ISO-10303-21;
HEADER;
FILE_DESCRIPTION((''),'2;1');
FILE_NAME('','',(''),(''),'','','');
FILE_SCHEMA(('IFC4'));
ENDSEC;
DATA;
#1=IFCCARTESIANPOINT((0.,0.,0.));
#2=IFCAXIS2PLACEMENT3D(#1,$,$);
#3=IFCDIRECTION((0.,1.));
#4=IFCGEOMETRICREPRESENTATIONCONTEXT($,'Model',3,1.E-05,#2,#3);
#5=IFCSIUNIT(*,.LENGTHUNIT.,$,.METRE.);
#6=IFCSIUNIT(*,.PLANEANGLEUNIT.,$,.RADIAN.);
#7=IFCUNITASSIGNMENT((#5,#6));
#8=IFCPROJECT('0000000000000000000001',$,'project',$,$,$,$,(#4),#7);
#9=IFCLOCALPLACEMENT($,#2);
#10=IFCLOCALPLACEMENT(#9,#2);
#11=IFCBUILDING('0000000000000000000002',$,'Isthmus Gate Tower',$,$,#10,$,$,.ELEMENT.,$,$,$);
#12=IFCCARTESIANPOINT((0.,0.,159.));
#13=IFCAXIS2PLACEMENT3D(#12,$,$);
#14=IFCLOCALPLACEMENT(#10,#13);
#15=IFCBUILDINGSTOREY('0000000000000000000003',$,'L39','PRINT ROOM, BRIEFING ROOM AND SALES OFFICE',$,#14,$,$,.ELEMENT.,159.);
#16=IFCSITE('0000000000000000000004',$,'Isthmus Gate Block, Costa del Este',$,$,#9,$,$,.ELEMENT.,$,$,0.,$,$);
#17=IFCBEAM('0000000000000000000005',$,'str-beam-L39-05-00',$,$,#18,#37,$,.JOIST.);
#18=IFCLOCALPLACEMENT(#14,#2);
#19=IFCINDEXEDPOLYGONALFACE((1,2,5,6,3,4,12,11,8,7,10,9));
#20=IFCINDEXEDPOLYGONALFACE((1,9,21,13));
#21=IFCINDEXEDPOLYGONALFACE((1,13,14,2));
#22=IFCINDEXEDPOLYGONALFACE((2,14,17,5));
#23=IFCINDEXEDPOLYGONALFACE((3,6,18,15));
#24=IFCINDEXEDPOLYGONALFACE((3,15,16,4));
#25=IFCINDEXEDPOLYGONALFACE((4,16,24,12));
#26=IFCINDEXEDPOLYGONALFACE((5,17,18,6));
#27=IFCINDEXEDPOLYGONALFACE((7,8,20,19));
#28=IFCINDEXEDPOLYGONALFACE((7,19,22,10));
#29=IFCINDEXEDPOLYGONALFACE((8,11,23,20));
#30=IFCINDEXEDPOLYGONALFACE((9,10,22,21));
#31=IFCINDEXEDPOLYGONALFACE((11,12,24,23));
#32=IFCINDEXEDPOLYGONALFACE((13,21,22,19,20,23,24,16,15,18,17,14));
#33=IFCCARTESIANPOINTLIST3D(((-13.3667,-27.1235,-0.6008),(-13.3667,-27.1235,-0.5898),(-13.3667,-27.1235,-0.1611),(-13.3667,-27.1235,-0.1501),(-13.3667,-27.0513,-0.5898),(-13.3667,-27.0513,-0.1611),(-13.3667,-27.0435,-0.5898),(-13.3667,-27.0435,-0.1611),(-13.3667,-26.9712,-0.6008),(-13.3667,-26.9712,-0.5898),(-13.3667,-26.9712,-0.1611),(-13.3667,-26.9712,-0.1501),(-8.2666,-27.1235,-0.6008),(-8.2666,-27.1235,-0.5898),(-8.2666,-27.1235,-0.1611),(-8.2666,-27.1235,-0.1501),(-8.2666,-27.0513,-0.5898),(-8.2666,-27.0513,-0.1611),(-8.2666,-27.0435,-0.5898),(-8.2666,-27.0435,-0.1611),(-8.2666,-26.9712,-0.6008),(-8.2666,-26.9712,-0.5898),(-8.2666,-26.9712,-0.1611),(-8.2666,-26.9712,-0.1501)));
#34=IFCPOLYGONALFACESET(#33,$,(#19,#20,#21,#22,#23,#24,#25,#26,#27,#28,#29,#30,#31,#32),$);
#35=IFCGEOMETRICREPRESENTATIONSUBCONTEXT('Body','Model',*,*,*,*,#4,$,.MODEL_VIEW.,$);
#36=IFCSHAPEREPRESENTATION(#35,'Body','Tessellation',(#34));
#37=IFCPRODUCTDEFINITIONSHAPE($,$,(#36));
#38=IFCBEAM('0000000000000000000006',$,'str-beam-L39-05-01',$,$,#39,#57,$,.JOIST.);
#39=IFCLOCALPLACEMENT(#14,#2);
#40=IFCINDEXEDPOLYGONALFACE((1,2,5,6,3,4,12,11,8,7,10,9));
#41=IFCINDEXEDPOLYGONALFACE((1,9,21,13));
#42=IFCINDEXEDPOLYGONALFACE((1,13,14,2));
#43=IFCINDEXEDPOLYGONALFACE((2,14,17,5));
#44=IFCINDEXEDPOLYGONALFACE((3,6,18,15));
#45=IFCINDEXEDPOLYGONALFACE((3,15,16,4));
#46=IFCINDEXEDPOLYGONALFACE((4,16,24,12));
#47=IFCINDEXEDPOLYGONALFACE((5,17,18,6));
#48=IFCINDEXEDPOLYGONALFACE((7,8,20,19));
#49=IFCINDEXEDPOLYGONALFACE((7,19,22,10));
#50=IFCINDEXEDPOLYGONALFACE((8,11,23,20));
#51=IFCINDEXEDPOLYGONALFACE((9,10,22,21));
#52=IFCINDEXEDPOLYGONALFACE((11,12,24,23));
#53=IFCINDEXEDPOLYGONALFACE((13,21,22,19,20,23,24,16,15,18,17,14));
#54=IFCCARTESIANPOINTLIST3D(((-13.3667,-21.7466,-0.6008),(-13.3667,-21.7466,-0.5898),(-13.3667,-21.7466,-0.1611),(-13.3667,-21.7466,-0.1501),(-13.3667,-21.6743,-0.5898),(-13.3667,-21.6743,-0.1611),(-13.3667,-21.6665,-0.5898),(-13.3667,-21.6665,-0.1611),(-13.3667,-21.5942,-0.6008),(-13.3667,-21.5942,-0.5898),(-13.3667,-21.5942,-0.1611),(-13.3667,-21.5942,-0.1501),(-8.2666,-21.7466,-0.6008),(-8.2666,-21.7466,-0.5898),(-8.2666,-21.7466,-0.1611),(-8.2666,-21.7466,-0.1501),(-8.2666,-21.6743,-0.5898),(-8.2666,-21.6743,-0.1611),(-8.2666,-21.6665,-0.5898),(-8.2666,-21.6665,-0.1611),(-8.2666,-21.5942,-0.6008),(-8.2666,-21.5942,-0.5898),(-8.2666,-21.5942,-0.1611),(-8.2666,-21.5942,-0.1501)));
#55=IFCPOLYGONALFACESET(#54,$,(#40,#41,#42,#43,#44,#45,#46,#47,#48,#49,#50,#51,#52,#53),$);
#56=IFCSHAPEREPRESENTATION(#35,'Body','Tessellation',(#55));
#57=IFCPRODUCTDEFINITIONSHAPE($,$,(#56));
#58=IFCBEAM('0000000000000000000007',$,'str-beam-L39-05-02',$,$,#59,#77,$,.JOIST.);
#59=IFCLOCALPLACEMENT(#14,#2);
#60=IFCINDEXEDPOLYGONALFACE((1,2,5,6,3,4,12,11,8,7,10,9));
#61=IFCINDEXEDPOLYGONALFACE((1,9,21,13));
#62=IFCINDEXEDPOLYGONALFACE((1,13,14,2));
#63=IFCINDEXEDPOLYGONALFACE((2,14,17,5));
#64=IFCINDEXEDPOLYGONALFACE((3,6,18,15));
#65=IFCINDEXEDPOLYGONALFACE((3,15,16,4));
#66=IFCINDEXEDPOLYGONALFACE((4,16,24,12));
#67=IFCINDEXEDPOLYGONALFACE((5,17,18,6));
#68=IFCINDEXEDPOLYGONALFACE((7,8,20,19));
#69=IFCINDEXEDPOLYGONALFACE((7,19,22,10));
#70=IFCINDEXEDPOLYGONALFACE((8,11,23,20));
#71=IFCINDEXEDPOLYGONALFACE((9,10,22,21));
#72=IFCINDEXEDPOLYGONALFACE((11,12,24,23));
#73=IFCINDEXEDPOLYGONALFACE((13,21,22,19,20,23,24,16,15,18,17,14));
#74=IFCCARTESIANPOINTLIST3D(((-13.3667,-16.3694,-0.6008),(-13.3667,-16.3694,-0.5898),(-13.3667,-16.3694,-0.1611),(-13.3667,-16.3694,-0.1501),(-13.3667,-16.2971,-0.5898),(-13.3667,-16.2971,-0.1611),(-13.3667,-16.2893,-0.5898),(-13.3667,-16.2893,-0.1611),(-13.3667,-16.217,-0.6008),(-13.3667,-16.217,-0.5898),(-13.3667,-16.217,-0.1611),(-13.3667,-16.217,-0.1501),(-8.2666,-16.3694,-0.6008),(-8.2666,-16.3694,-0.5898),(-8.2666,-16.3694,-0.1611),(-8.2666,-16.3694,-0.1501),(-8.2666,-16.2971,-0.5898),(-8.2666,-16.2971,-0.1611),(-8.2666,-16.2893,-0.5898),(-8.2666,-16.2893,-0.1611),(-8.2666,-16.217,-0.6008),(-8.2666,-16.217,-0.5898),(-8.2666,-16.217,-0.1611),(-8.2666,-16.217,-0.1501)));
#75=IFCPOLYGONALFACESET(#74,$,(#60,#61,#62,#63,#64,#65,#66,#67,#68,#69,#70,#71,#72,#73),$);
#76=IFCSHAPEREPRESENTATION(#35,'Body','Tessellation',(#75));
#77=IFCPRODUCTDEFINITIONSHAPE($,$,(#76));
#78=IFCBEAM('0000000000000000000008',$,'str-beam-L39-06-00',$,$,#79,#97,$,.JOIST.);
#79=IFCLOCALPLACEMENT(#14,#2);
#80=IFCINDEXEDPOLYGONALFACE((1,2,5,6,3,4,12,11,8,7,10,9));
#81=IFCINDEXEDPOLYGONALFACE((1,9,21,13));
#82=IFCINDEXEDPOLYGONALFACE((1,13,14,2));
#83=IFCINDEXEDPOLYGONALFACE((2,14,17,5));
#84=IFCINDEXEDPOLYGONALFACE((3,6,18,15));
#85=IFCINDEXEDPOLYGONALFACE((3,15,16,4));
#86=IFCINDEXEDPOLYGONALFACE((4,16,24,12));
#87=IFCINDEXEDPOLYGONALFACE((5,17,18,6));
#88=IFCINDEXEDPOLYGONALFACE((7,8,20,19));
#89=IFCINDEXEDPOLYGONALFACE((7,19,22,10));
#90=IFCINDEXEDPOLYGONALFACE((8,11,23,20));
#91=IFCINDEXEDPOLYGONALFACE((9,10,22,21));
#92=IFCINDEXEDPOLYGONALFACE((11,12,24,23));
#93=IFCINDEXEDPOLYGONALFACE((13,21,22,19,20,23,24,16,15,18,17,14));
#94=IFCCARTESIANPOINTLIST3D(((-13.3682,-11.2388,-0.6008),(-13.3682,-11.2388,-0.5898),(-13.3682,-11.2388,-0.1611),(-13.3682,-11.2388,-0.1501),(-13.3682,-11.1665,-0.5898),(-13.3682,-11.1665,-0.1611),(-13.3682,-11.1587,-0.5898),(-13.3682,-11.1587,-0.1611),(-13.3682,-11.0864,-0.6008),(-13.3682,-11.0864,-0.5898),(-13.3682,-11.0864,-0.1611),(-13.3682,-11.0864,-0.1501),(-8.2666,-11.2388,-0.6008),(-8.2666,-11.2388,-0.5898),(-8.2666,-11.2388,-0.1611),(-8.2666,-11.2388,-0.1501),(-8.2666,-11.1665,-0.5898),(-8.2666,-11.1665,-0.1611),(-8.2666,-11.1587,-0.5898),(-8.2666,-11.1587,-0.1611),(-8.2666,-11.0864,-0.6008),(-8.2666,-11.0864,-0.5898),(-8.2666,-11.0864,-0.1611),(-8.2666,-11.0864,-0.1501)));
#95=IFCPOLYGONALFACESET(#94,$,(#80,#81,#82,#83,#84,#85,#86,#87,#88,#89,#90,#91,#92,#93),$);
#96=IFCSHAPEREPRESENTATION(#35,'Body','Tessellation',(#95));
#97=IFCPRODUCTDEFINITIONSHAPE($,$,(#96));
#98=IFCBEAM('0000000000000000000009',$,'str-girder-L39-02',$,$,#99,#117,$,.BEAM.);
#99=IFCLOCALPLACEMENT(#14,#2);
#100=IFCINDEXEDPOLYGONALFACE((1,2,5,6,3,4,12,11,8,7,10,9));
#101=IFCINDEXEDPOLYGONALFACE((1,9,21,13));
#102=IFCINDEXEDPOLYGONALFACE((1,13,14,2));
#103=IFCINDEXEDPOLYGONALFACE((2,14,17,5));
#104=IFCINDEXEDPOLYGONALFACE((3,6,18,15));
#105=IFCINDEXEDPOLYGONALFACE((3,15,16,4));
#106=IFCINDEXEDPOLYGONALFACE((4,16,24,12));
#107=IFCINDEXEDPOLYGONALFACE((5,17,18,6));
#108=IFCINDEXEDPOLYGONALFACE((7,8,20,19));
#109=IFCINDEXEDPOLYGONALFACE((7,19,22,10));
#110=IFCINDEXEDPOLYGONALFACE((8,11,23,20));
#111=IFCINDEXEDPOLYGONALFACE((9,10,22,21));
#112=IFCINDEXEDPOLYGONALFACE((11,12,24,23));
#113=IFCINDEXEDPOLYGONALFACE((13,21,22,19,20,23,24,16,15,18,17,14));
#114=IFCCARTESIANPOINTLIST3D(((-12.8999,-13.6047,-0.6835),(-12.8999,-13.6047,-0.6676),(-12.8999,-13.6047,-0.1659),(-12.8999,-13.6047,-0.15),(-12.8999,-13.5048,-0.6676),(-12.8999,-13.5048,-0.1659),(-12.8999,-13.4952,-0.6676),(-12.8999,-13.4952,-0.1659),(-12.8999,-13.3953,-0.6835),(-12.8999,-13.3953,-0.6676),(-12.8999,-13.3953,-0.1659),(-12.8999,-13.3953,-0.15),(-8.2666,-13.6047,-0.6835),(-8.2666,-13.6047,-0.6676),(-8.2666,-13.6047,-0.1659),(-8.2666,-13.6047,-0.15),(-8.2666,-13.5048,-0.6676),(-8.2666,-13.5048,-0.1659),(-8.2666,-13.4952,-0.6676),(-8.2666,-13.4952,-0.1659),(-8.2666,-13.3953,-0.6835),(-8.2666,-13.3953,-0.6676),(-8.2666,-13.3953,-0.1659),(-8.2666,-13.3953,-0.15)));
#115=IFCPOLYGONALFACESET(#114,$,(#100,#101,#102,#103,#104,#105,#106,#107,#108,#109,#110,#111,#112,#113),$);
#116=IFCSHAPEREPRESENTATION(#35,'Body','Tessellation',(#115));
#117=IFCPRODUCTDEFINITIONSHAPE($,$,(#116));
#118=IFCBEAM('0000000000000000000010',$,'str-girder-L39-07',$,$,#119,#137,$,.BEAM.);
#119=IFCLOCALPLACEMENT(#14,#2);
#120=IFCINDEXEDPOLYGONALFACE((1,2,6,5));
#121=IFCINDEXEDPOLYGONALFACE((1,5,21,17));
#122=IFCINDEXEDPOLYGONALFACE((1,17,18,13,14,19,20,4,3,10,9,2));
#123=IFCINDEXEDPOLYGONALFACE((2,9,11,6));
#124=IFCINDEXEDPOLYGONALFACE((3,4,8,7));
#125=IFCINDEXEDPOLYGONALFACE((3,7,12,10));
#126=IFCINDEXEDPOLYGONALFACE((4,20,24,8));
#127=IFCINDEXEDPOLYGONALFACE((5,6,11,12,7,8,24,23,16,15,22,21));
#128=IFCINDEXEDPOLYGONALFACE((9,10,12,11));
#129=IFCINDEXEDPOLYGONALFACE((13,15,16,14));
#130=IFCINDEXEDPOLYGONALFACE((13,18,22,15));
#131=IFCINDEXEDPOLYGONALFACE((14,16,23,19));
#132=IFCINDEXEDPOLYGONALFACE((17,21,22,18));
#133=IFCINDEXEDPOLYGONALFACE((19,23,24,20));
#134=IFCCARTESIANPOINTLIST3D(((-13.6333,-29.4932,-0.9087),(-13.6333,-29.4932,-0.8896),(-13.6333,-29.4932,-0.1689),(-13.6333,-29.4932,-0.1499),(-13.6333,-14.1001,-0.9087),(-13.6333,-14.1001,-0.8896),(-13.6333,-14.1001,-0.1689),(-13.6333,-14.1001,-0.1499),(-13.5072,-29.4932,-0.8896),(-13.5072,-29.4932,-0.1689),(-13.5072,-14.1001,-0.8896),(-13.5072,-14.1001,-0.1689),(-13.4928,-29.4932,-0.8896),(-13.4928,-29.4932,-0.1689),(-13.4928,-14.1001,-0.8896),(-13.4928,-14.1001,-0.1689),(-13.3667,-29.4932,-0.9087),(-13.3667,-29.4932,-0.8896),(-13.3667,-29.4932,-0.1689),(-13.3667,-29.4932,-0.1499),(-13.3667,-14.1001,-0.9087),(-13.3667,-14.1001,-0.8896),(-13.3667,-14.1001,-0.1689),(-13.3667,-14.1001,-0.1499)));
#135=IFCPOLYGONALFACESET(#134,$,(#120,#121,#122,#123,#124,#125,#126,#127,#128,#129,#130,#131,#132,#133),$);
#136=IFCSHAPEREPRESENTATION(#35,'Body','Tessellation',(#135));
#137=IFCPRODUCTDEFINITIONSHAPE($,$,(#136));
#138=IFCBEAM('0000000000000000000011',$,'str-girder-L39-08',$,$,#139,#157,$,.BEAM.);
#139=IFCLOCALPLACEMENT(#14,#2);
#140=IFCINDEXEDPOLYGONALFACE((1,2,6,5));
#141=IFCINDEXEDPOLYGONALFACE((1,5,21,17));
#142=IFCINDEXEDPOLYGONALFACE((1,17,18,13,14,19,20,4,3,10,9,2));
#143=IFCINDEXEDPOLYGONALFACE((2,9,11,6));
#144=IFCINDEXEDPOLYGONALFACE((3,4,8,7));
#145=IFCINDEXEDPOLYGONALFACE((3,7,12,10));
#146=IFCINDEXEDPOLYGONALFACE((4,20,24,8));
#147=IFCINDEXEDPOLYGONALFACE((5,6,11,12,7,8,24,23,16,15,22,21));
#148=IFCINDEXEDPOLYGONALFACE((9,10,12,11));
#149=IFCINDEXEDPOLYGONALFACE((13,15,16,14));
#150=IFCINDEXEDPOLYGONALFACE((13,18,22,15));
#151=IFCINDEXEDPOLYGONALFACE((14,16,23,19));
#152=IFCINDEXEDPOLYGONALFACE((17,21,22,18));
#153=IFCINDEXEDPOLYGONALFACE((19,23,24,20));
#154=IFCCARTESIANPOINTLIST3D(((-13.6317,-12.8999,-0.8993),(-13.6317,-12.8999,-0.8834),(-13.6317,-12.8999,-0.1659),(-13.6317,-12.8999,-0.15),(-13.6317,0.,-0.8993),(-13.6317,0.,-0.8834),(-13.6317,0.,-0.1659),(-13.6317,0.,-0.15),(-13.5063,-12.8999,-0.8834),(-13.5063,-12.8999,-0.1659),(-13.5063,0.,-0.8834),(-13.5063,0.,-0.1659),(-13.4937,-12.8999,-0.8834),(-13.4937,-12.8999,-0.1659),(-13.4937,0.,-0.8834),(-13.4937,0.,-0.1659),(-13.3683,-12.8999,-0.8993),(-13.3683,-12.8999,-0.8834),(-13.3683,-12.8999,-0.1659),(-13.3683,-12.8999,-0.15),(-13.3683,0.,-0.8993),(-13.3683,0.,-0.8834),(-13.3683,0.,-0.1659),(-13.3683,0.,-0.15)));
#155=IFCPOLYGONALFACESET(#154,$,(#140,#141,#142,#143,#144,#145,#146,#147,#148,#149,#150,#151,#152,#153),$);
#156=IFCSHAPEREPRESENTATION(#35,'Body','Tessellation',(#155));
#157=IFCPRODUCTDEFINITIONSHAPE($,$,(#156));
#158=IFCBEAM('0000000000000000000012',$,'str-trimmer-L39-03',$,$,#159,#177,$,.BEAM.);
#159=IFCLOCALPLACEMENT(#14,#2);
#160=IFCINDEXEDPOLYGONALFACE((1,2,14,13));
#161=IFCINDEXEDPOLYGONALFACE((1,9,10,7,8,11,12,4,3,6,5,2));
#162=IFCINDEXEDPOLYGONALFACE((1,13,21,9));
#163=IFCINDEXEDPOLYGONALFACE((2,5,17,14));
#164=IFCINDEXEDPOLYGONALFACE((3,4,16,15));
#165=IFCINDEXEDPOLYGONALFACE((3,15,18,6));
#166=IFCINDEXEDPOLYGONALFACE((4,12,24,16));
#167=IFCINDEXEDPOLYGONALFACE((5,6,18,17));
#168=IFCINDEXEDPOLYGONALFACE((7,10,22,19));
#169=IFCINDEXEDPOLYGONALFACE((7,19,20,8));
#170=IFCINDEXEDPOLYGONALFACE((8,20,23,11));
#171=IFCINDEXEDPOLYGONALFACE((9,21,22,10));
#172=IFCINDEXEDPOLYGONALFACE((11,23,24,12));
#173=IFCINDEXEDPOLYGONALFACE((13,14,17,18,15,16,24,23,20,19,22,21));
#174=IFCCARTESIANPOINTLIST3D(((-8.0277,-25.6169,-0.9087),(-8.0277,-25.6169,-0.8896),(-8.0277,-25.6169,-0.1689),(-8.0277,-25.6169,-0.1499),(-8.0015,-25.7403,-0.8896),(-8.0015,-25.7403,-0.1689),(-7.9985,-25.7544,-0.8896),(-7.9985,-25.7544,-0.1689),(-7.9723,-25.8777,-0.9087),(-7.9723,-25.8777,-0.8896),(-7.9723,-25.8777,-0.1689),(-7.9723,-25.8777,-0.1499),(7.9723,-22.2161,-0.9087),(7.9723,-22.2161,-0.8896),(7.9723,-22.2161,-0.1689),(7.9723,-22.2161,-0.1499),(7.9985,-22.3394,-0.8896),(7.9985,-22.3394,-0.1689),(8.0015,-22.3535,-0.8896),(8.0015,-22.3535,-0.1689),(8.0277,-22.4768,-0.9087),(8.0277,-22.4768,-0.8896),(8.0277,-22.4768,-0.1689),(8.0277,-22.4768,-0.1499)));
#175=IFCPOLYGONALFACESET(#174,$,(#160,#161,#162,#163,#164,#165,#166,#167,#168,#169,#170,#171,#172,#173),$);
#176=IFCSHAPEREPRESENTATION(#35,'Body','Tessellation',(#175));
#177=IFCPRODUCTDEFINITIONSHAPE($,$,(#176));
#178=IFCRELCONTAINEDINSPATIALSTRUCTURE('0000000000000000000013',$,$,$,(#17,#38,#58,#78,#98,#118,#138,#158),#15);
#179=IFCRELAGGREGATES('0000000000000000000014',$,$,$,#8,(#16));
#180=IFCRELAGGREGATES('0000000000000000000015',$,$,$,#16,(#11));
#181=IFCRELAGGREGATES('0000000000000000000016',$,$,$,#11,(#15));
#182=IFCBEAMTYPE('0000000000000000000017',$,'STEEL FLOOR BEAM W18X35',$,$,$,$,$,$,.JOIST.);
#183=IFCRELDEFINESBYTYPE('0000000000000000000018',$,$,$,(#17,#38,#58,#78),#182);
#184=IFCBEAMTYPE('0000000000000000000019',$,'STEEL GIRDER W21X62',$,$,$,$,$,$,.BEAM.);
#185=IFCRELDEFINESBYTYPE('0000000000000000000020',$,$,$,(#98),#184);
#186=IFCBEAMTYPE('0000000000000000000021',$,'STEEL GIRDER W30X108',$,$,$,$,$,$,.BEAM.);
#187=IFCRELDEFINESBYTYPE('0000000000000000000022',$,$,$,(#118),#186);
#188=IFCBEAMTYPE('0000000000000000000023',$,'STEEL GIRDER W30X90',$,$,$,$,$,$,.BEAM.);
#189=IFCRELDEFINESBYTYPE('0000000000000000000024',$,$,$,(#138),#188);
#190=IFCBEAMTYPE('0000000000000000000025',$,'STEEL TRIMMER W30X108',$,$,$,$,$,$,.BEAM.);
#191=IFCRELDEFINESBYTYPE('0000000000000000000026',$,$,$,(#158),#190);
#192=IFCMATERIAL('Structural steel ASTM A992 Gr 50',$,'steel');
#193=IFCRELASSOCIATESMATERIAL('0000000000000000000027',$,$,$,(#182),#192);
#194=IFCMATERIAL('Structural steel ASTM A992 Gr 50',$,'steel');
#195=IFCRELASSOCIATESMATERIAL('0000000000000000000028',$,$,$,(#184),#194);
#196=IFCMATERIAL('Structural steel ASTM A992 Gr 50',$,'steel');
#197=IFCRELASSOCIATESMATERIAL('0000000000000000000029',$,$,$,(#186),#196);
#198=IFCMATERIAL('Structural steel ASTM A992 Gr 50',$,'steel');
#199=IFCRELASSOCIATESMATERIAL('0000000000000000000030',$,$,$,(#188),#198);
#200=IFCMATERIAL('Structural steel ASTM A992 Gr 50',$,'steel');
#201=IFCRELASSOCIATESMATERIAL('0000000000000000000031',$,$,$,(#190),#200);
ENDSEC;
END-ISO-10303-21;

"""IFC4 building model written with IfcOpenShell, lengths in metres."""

from ifc_helpers import new_model, si_unit, direction, frame, origin, origin_2d, place, context, subcontext, project, spatial, i_section, extrude, material, material_profile, profile_set, type_object, element, save


model = new_model("IFC4")

# Units and contexts
model_context = context("Model", 3, precision=1e-05, world=origin(), true_north=direction((0.0, 1.0)))
body_context = subcontext(model_context, "Body", "Model", "MODEL_VIEW")
ifc_project = project(units=[si_unit("LENGTHUNIT", "METRE"), si_unit("PLANEANGLEUNIT", "RADIAN")], contexts=[model_context])

# Site, building, storey
site_placement = place(None, origin())
site = spatial("IfcSite", under=ifc_project, at=site_placement, Name="Isthmus Gate Block, Costa del Este", CompositionType="ELEMENT", RefElevation=0.0)
building_placement = place(site_placement, origin())
building = spatial("IfcBuilding", under=site, at=building_placement, Name="Isthmus Gate Tower", CompositionType="ELEMENT")
storey_placement = place(building_placement, frame((0.0, 0.0, 159.0)))
storey = spatial("IfcBuildingStorey", under=building, at=storey_placement, Name="L39", Description="PRINT ROOM, BRIEFING ROOM AND SALES OFFICE", CompositionType="ELEMENT", Elevation=159.0)

# Beams
ifc_material_1 = material(Name="Structural steel ASTM A992 Gr 50", Category="steel")
ifc_material_profile_1 = material_profile(ifc_material_1, i_section(OverallWidth=0.1523, OverallDepth=0.4507, WebThickness=0.0078, FlangeThickness=0.011, at=origin_2d()), Name="W18X35")
ifc_profile_set_1 = profile_set([ifc_material_profile_1], Name="Structural steel ASTM A992 Gr 50")
beam_type_1 = type_object("IfcBeamType", Name="STEEL FLOOR BEAM W18X35", PredefinedType="JOIST", material=ifc_profile_set_1)
for number, where, z_axis, x_axis, name in (
    (1, (-13.3667, -27.0474, -0.3755), (1.0, 0.0, 0.0), (0.0, 1.0, 0.0), "str-beam-L39-05-00"),
    (2, (-13.3667, -21.6704, -0.3755), (1.0, 0.0, 0.0), (0.0, 1.0, 0.0), "str-beam-L39-05-01"),
    (3, (-13.3667, -16.2932, -0.3755), (1.0, 0.0, 0.0), (0.0, 1.0, 0.0), "str-beam-L39-05-02"),
):
    element("IfcBeam", number, at=place(storey_placement, frame(where, z_axis=z_axis, x_axis=x_axis)), inside=storey, type_object=beam_type_1, Name=name, PredefinedType="JOIST", context=body_context, shape_type="SweptSolid", body=[
        extrude(i_section(OverallWidth=0.1523, OverallDepth=0.4507, WebThickness=0.0078, FlangeThickness=0.011, at=origin_2d()), origin(), (0.0, 0.0, 1.0), 5.1001),
    ])
beam_1_placement = place(storey_placement, frame((-13.3682, -11.1626, -0.3755), z_axis=(1.0, 0.0, 0.0), x_axis=(0.0, 1.0, 0.0)))
element("IfcBeam", 4, at=beam_1_placement, inside=storey, type_object=beam_type_1, Name="str-beam-L39-06-00", PredefinedType="JOIST", context=body_context, shape_type="SweptSolid", body=[
    extrude(i_section(OverallWidth=0.1523, OverallDepth=0.4507, WebThickness=0.0078, FlangeThickness=0.011, at=origin_2d()), origin(), (0.0, 0.0, 1.0), 5.1016),
])
ifc_material_2 = material(Name="Structural steel ASTM A992 Gr 50", Category="steel")
ifc_material_profile_2 = material_profile(ifc_material_2, i_section(OverallWidth=0.2095, OverallDepth=0.5334, WebThickness=0.0095, FlangeThickness=0.0159, at=origin_2d()), Name="W21X62")
ifc_profile_set_2 = profile_set([ifc_material_profile_2], Name="Structural steel ASTM A992 Gr 50")
beam_type_2 = type_object("IfcBeamType", Name="STEEL GIRDER W21X62", PredefinedType="BEAM", material=ifc_profile_set_2)
beam_2_placement = place(storey_placement, frame((-12.8999, -13.5, -0.4167), z_axis=(1.0, 0.0, 0.0), x_axis=(0.0, 1.0, 0.0)))
element("IfcBeam", 5, at=beam_2_placement, inside=storey, type_object=beam_type_2, Name="str-girder-L39-02", PredefinedType="BEAM", context=body_context, shape_type="SweptSolid", body=[
    extrude(i_section(OverallWidth=0.2095, OverallDepth=0.5334, WebThickness=0.0095, FlangeThickness=0.0159, at=origin_2d()), origin(), (0.0, 0.0, 1.0), 4.6333),
])
ifc_material_3 = material(Name="Structural steel ASTM A992 Gr 50", Category="steel")
ifc_material_profile_3 = material_profile(ifc_material_3, i_section(OverallWidth=0.2666, OverallDepth=0.7588, WebThickness=0.0144, FlangeThickness=0.019, at=origin_2d()), Name="W30X108")
ifc_profile_set_3 = profile_set([ifc_material_profile_3], Name="Structural steel ASTM A992 Gr 50")
beam_type_3 = type_object("IfcBeamType", Name="STEEL GIRDER W30X108", PredefinedType="BEAM", material=ifc_profile_set_3)
beam_3_placement = place(storey_placement, frame((-13.5, -29.4932, -0.5293), z_axis=(0.0, 1.0, 0.0), x_axis=(-1.0, 0.0, 0.0)))
element("IfcBeam", 6, at=beam_3_placement, inside=storey, type_object=beam_type_3, Name="str-girder-L39-07", PredefinedType="BEAM", context=body_context, shape_type="SweptSolid", body=[
    extrude(i_section(OverallWidth=0.2666, OverallDepth=0.7588, WebThickness=0.0144, FlangeThickness=0.019, at=origin_2d()), origin(), (0.0, 0.0, 1.0), 15.3931),
])
ifc_material_4 = material(Name="Structural steel ASTM A992 Gr 50", Category="steel")
ifc_material_profile_4 = material_profile(ifc_material_4, i_section(OverallWidth=0.2634, OverallDepth=0.7493, WebThickness=0.0127, FlangeThickness=0.0159, at=origin_2d()), Name="W30X90")
ifc_profile_set_4 = profile_set([ifc_material_profile_4], Name="Structural steel ASTM A992 Gr 50")
beam_type_4 = type_object("IfcBeamType", Name="STEEL GIRDER W30X90", PredefinedType="BEAM", material=ifc_profile_set_4)
beam_4_placement = place(storey_placement, frame((-13.5, -12.8999, -0.5247), z_axis=(0.0, 1.0, 0.0), x_axis=(-1.0, 0.0, 0.0)))
element("IfcBeam", 7, at=beam_4_placement, inside=storey, type_object=beam_type_4, Name="str-girder-L39-08", PredefinedType="BEAM", context=body_context, shape_type="SweptSolid", body=[
    extrude(i_section(OverallWidth=0.2634, OverallDepth=0.7493, WebThickness=0.0127, FlangeThickness=0.0159, at=origin_2d()), origin(), (0.0, 0.0, 1.0), 12.8999),
])
ifc_material_5 = material(Name="Structural steel ASTM A992 Gr 50", Category="steel")
ifc_material_profile_5 = material_profile(ifc_material_5, i_section(OverallWidth=0.2666, OverallDepth=0.7588, WebThickness=0.0144, FlangeThickness=0.019, at=origin_2d()), Name="W30X108")
ifc_profile_set_5 = profile_set([ifc_material_profile_5], Name="Structural steel ASTM A992 Gr 50")
beam_type_5 = type_object("IfcBeamType", Name="STEEL TRIMMER W30X108", PredefinedType="BEAM", material=ifc_profile_set_5)
beam_5_placement = place(storey_placement, frame((-8.0, -25.7473, -0.5293), z_axis=(0.978148, 0.20791, 0.0), x_axis=(-0.20791, 0.978148, 0.0)))
element("IfcBeam", 8, at=beam_5_placement, inside=storey, type_object=beam_type_5, Name="str-trimmer-L39-03", PredefinedType="BEAM", context=body_context, shape_type="SweptSolid", body=[
    extrude(i_section(OverallWidth=0.2666, OverallDepth=0.7588, WebThickness=0.0144, FlangeThickness=0.019, at=origin_2d()), origin(), (0.0, 0.0, 1.0), 16.3574),
])

save(model, "model.ifc")
